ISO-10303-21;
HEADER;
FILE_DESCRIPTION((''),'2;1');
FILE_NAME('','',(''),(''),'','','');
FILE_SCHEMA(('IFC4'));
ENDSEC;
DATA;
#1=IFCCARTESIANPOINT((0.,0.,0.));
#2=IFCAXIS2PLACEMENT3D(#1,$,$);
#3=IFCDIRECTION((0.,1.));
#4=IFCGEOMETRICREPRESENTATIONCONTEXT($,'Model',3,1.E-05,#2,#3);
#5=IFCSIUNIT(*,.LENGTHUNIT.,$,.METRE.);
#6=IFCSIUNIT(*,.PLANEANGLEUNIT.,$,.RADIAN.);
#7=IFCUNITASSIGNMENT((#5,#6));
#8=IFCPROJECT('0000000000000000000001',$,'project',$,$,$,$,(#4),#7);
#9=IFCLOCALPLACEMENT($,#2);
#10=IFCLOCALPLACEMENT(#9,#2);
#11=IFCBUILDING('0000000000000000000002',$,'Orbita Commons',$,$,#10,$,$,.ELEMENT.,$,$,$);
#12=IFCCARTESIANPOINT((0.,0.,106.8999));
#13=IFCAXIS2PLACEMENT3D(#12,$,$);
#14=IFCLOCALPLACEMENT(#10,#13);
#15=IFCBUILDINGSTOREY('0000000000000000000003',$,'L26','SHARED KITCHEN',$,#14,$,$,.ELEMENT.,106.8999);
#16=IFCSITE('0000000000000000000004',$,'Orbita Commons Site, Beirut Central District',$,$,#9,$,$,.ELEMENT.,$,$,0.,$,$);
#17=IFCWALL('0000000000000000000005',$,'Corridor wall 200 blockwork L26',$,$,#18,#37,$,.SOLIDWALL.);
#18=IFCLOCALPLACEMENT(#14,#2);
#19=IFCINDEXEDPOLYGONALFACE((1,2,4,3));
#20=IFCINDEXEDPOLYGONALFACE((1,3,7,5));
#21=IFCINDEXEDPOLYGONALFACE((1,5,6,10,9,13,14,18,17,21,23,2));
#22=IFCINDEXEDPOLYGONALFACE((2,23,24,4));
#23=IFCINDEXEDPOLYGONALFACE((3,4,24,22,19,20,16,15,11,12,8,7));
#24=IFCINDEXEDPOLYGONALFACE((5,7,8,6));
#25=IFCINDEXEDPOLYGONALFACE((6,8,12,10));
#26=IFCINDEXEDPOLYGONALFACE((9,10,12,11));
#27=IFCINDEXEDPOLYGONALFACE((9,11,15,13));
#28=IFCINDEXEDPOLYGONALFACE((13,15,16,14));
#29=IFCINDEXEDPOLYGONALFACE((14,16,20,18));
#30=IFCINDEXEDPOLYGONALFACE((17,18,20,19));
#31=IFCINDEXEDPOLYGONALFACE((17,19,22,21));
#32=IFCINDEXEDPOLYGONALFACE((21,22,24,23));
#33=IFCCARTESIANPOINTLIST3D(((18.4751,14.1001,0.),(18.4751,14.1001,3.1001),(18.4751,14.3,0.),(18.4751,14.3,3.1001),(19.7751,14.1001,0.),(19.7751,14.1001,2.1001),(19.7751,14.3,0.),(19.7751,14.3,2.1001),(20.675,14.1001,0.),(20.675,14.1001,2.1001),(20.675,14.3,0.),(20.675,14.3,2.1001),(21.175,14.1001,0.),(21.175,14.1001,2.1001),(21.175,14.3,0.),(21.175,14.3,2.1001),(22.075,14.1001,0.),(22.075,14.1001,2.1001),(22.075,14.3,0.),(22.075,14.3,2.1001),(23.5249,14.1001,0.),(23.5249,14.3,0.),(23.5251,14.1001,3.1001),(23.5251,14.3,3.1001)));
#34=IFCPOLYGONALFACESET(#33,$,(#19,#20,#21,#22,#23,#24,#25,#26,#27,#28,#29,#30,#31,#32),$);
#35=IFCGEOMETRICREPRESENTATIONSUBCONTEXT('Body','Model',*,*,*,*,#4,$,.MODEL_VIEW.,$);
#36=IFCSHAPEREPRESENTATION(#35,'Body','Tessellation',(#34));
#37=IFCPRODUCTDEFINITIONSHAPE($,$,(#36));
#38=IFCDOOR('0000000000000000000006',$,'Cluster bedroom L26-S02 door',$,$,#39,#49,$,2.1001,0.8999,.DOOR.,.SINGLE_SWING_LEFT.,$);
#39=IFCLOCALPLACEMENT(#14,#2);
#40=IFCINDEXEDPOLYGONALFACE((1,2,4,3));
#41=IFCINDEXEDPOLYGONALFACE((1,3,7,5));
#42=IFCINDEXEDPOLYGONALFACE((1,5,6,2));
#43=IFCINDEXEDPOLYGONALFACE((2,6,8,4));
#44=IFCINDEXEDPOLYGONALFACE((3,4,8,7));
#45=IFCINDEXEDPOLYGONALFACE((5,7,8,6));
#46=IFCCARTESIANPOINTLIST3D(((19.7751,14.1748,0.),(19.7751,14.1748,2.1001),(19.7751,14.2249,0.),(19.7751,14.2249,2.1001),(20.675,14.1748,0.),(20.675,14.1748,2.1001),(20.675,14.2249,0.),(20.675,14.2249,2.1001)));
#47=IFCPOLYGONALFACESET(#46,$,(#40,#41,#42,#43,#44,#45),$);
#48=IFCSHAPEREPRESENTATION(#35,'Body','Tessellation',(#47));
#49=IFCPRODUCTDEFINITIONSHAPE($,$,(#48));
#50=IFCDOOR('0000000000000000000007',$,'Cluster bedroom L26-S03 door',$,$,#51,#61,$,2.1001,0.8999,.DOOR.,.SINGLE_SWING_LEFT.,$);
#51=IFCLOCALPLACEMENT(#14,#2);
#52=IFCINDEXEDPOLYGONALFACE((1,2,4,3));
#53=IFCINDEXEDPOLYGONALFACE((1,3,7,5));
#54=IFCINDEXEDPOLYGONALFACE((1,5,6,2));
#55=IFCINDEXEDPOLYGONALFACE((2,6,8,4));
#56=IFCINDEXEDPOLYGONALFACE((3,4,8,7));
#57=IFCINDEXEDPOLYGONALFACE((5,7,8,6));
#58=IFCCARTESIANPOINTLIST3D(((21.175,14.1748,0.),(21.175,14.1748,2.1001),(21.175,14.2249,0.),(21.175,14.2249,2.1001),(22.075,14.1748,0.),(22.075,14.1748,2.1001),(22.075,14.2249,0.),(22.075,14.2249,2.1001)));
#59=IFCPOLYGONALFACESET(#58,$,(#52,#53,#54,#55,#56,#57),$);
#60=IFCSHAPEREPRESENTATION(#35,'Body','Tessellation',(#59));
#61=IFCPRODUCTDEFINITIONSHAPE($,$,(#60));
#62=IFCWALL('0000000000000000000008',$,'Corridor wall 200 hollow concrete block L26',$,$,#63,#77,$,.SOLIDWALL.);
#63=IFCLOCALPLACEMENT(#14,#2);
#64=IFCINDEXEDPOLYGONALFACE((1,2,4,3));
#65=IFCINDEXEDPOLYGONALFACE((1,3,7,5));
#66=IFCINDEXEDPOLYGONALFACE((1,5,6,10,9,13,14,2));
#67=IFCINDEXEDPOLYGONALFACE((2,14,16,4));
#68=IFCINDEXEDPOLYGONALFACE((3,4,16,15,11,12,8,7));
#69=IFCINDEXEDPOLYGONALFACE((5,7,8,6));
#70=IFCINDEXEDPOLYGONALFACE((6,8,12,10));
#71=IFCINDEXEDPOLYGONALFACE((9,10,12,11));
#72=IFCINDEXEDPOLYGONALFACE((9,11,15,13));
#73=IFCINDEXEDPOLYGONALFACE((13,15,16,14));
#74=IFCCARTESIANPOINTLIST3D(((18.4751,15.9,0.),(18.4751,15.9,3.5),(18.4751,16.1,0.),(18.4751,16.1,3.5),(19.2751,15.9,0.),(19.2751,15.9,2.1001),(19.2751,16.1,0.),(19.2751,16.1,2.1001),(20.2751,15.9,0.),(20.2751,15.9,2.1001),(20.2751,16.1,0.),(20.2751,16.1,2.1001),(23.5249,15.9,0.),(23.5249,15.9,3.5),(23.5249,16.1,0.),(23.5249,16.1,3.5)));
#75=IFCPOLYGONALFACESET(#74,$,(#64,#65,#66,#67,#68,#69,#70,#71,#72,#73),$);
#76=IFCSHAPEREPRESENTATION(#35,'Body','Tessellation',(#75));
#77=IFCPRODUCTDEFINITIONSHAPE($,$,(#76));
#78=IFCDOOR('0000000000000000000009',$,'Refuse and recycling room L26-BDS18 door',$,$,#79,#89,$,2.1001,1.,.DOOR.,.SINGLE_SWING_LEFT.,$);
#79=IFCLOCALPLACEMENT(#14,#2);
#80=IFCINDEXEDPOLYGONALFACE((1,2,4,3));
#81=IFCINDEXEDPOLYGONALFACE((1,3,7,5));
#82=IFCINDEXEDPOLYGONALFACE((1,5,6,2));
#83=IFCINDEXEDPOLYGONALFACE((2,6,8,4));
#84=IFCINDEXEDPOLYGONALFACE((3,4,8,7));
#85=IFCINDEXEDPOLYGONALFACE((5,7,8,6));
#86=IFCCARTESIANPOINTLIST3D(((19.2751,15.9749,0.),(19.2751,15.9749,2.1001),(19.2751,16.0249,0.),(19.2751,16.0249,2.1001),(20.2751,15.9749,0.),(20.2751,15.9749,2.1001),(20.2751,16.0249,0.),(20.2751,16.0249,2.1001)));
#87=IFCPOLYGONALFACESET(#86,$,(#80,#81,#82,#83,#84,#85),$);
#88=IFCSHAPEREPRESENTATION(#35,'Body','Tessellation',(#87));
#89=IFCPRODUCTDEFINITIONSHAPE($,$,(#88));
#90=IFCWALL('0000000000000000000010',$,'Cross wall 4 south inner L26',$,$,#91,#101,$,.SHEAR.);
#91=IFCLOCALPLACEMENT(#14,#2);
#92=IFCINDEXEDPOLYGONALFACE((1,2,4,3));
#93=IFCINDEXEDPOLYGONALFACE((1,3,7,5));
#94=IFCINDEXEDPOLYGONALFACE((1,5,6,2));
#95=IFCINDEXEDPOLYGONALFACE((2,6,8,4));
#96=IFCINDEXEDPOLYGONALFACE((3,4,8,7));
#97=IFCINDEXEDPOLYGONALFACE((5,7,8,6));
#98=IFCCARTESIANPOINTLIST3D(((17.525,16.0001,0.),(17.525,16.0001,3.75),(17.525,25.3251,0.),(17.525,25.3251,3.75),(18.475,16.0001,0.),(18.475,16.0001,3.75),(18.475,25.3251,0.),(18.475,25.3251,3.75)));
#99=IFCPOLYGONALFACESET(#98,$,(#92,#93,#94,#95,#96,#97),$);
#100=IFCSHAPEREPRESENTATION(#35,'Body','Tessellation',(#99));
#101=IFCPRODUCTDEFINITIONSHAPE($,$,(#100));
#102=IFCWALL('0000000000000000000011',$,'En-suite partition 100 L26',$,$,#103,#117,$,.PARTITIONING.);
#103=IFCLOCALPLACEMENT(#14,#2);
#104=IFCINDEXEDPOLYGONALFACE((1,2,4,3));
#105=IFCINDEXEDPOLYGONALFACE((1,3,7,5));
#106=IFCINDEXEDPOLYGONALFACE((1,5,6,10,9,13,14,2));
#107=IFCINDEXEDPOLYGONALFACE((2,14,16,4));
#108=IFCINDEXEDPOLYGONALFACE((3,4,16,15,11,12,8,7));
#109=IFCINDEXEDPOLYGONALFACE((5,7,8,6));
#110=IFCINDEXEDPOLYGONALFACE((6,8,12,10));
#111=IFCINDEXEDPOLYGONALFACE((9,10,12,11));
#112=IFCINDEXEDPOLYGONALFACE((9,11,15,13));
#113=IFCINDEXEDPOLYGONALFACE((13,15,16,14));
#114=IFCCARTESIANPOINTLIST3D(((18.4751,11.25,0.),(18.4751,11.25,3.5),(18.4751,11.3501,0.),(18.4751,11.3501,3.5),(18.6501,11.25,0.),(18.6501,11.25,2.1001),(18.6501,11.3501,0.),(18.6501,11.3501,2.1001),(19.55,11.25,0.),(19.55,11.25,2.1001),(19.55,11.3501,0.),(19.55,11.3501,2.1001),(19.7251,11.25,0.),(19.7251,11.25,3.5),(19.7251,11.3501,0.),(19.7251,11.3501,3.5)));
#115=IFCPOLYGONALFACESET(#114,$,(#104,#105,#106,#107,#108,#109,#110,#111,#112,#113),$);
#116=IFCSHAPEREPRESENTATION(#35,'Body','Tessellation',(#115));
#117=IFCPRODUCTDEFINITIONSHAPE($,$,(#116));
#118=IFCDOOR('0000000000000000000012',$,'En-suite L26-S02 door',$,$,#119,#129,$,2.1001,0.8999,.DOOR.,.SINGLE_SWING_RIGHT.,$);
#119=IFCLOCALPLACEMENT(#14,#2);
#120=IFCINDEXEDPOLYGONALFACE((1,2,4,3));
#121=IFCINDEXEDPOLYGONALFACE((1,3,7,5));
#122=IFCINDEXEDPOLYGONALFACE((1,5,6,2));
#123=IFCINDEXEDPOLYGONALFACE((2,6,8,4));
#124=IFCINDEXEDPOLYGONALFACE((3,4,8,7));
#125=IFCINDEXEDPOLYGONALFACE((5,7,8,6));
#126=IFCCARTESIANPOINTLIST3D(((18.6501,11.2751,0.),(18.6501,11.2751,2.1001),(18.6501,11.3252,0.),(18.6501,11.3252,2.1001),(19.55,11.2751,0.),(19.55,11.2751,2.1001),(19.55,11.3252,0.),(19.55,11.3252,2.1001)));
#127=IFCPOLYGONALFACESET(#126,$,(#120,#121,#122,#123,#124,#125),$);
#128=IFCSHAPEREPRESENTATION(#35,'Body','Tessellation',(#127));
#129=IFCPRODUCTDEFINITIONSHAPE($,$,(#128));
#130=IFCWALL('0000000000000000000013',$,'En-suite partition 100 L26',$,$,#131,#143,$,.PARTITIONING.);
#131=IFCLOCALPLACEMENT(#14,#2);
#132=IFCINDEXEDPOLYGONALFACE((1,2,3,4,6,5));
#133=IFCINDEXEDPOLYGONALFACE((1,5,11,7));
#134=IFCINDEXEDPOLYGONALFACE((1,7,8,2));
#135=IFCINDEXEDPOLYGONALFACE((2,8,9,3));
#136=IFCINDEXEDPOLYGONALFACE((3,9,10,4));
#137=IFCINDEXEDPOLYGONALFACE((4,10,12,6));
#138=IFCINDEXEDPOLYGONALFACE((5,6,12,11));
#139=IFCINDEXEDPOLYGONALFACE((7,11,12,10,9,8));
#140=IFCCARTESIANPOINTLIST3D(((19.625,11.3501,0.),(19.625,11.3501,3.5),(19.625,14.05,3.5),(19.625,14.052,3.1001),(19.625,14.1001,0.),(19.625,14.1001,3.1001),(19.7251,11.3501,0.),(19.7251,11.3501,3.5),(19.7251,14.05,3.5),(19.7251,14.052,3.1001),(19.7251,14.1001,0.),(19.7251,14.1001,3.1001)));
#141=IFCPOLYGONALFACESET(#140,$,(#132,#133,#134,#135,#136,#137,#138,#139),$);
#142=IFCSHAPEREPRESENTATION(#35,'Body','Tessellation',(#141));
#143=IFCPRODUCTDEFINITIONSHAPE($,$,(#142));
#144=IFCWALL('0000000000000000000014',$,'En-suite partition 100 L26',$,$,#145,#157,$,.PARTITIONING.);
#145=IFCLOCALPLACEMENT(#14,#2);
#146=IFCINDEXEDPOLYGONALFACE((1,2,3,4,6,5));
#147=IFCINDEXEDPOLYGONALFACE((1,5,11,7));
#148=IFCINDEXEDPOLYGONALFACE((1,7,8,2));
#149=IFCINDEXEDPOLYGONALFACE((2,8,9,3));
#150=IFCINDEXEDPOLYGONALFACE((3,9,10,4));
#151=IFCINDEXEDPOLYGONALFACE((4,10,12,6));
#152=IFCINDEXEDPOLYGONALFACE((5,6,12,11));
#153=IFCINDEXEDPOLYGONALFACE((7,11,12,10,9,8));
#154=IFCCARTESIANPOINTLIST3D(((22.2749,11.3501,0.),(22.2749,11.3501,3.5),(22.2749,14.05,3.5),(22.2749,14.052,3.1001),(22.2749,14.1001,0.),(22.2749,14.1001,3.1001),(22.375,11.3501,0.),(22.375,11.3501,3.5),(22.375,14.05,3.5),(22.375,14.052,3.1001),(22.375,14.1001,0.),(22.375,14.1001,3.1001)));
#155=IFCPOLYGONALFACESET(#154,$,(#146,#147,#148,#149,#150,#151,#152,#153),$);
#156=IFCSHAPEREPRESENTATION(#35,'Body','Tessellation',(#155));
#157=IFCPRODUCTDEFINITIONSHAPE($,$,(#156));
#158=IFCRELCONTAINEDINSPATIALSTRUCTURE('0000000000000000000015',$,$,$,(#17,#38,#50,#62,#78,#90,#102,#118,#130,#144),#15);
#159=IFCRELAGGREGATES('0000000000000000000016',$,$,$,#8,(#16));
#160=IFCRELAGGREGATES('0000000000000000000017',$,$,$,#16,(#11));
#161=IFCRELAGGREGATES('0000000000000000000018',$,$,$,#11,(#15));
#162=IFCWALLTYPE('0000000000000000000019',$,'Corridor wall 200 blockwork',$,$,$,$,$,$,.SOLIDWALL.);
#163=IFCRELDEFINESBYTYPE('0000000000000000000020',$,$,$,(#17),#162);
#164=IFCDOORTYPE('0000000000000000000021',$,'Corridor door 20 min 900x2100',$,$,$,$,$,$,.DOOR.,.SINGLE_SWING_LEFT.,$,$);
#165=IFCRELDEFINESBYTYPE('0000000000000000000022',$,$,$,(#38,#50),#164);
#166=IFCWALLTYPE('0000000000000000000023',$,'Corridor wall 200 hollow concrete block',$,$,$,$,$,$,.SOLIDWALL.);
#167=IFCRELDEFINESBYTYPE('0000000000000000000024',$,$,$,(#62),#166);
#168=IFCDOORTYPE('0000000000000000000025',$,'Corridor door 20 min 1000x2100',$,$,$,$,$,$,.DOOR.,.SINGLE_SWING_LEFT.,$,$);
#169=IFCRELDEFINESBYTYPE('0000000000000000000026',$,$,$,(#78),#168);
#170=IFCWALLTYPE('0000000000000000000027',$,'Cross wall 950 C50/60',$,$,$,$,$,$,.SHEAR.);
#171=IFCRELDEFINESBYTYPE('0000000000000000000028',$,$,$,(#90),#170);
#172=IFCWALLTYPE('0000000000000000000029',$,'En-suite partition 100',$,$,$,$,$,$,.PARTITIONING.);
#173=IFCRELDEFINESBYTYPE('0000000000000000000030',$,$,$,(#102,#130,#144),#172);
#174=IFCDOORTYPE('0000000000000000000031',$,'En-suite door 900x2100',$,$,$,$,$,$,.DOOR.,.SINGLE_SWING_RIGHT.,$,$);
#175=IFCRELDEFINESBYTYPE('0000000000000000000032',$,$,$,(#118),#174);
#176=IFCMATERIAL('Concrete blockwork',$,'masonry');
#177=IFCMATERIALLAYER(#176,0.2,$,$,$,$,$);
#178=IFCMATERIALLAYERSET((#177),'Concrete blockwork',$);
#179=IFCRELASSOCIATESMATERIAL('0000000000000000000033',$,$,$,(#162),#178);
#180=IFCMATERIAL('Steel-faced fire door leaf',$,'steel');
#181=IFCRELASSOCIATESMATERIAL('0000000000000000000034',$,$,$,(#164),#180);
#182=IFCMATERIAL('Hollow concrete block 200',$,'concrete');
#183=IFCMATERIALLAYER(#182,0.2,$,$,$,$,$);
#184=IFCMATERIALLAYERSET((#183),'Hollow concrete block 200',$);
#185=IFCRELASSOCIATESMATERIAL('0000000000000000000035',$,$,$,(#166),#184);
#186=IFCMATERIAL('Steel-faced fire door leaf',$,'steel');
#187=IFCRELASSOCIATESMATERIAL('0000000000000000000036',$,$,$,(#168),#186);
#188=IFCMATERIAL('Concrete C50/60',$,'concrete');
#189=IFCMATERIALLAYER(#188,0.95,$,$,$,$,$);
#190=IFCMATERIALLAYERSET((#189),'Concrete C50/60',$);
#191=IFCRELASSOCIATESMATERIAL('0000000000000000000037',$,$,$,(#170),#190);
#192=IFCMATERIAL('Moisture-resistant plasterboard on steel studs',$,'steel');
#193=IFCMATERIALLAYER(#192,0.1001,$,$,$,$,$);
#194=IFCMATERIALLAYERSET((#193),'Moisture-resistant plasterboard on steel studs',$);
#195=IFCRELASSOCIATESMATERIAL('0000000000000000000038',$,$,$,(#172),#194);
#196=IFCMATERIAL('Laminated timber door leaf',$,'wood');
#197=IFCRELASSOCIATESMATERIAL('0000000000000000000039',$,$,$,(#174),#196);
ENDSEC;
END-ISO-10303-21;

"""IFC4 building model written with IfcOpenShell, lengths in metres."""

from ifc_helpers import new_model, si_unit, direction, frame, frame_2d, origin, place, context, subcontext, project, spatial, polyline, rectangle, outline, extrude, material, layer, layer_set, type_object, element, fill, save


model = new_model("IFC4")

# Units and contexts
model_context = context("Model", 3, precision=1e-05, world=origin(), true_north=direction((0.0, 1.0)))
body_context = subcontext(model_context, "Body", "Model", "MODEL_VIEW")
ifc_project = project(units=[si_unit("LENGTHUNIT", "METRE"), si_unit("PLANEANGLEUNIT", "RADIAN")], contexts=[model_context])

# Site, building, storey
site_placement = place(None, origin())
site = spatial("IfcSite", under=ifc_project, at=site_placement, Name="Orbita Commons Site, Beirut Central District", CompositionType="ELEMENT", RefElevation=0.0)
building_placement = place(site_placement, origin())
building = spatial("IfcBuilding", under=site, at=building_placement, Name="Orbita Commons", CompositionType="ELEMENT")
storey_placement = place(building_placement, frame((0.0, 0.0, 106.8999)))
storey = spatial("IfcBuildingStorey", under=building, at=storey_placement, Name="L26", Description="SHARED KITCHEN", CompositionType="ELEMENT", Elevation=106.8999)

# Wall, openings, doors
ifc_material_1 = material(Name="Concrete blockwork", Category="masonry")
ifc_layer_1 = layer(ifc_material_1, 0.2)
ifc_layer_set_1 = layer_set([ifc_layer_1], Name="Concrete blockwork")
wall_type_1 = type_object("IfcWallType", Name="Corridor wall 200 blockwork", PredefinedType="SOLIDWALL", material=ifc_layer_set_1)
wall_1_placement = place(storey_placement, frame((18.4751, 14.2, 0.0), z_axis=(0.0, 0.0, 1.0), x_axis=(1.0, 0.0, 0.0)))
wall_1 = element("IfcWall", 1, at=wall_1_placement, inside=storey, type_object=wall_type_1, Name="Corridor wall 200 blockwork L26", PredefinedType="SOLIDWALL", context=body_context, shape_type="SweptSolid", body=[
    extrude(outline(polyline([(0.0, 0.0), (5.0498, 0.0), (5.05, 3.1001), (0.0, 3.1001), (0.0, 0.0)])), frame((0.0, 0.1001, 0.0), z_axis=(0.0, -1.0, 0.0), x_axis=(1.0, 0.0, 0.0)), (0.0, 0.0, 1.0), 0.2),
])
opening_1_placement = place(wall_1_placement, frame((1.3, 0.0, 0.0)))
opening_1 = element("IfcOpeningElement", 2, at=opening_1_placement, cuts=wall_1, PredefinedType="OPENING", context=body_context, shape_type="SweptSolid", body=[
    extrude(rectangle(XDim=0.8999, YDim=2.1001, at=frame_2d((0.45, 1.05))), frame((0.0, 0.1099, 0.0), z_axis=(0.0, -1.0, 0.0), x_axis=(1.0, 0.0, 0.0)), (0.0, 0.0, 1.0), 0.22),
])
opening_2_placement = place(wall_1_placement, frame((2.7, 0.0, 0.0)))
opening_2 = element("IfcOpeningElement", 3, at=opening_2_placement, cuts=wall_1, PredefinedType="OPENING", context=body_context, shape_type="SweptSolid", body=[
    extrude(rectangle(XDim=0.8999, YDim=2.1001, at=frame_2d((0.45, 1.05))), frame((0.0, 0.1099, 0.0), z_axis=(0.0, -1.0, 0.0), x_axis=(1.0, 0.0, 0.0)), (0.0, 0.0, 1.0), 0.22),
])
ifc_material_2 = material(Name="Steel-faced fire door leaf", Category="steel")
door_type_1 = type_object("IfcDoorType", Name="Corridor door 20 min 900x2100", OperationType="SINGLE_SWING_LEFT", PredefinedType="DOOR", material=ifc_material_2)
door_1_placement = place(opening_1_placement, origin())
door_1 = element("IfcDoor", 4, at=door_1_placement, inside=storey, type_object=door_type_1, Name="Cluster bedroom L26-S02 door", OperationType="SINGLE_SWING_LEFT", OverallHeight=2.1001, OverallWidth=0.8999, PredefinedType="DOOR", context=body_context, shape_type="SweptSolid", body=[
    extrude(rectangle(XDim=0.8999, YDim=2.1001, at=frame_2d((0.45, 1.05))), frame((0.0, 0.0249, 0.0), z_axis=(0.0, -1.0, 0.0), x_axis=(1.0, 0.0, 0.0)), (0.0, 0.0, 1.0), 0.05),
])
fill(opening_1, door_1)
door_2_placement = place(opening_2_placement, origin())
door_2 = element("IfcDoor", 5, at=door_2_placement, inside=storey, type_object=door_type_1, Name="Cluster bedroom L26-S03 door", OperationType="SINGLE_SWING_LEFT", OverallHeight=2.1001, OverallWidth=0.8999, PredefinedType="DOOR", context=body_context, shape_type="SweptSolid", body=[
    extrude(rectangle(XDim=0.8999, YDim=2.1001, at=frame_2d((0.45, 1.05))), frame((0.0, 0.0249, 0.0), z_axis=(0.0, -1.0, 0.0), x_axis=(1.0, 0.0, 0.0)), (0.0, 0.0, 1.0), 0.05),
])
fill(opening_2, door_2)

# Wall, opening, door
ifc_material_3 = material(Name="Hollow concrete block 200", Category="concrete")
ifc_layer_2 = layer(ifc_material_3, 0.2)
ifc_layer_set_2 = layer_set([ifc_layer_2], Name="Hollow concrete block 200")
wall_type_2 = type_object("IfcWallType", Name="Corridor wall 200 hollow concrete block", PredefinedType="SOLIDWALL", material=ifc_layer_set_2)
wall_2_placement = place(storey_placement, frame((18.4751, 16.0, 0.0), z_axis=(0.0, 0.0, 1.0), x_axis=(1.0, 0.0, 0.0)))
wall_2 = element("IfcWall", 6, at=wall_2_placement, inside=storey, type_object=wall_type_2, Name="Corridor wall 200 hollow concrete block L26", PredefinedType="SOLIDWALL", context=body_context, shape_type="SweptSolid", body=[
    extrude(rectangle(XDim=5.0498, YDim=0.2, at=frame_2d((2.5249, 0.0))), origin(), (0.0, 0.0, 1.0), 3.5),
])
opening_3_placement = place(wall_2_placement, frame((0.8, 0.0, 0.0)))
opening_3 = element("IfcOpeningElement", 7, at=opening_3_placement, cuts=wall_2, PredefinedType="OPENING", context=body_context, shape_type="SweptSolid", body=[
    extrude(rectangle(XDim=1.0, YDim=2.1001, at=frame_2d((0.5, 1.05))), frame((0.0, 0.1099, 0.0), z_axis=(0.0, -1.0, 0.0), x_axis=(1.0, 0.0, 0.0)), (0.0, 0.0, 1.0), 0.22),
])
ifc_material_4 = material(Name="Steel-faced fire door leaf", Category="steel")
door_type_2 = type_object("IfcDoorType", Name="Corridor door 20 min 1000x2100", OperationType="SINGLE_SWING_LEFT", PredefinedType="DOOR", material=ifc_material_4)
door_3_placement = place(opening_3_placement, origin())
door_3 = element("IfcDoor", 8, at=door_3_placement, inside=storey, type_object=door_type_2, Name="Refuse and recycling room L26-BDS18 door", OperationType="SINGLE_SWING_LEFT", OverallHeight=2.1001, OverallWidth=1.0, PredefinedType="DOOR", context=body_context, shape_type="SweptSolid", body=[
    extrude(rectangle(XDim=1.0, YDim=2.1001, at=frame_2d((0.5, 1.05))), frame((0.0, 0.0249, 0.0), z_axis=(0.0, -1.0, 0.0), x_axis=(1.0, 0.0, 0.0)), (0.0, 0.0, 1.0), 0.05),
])
fill(opening_3, door_3)

# Wall
ifc_material_5 = material(Name="Concrete C50/60", Category="concrete")
ifc_layer_3 = layer(ifc_material_5, 0.95)
ifc_layer_set_3 = layer_set([ifc_layer_3], Name="Concrete C50/60")
wall_type_3 = type_object("IfcWallType", Name="Cross wall 950 C50/60", PredefinedType="SHEAR", material=ifc_layer_set_3)
wall_3_placement = place(storey_placement, frame((18.0, 16.0, 0.0), z_axis=(0.0, 0.0, 1.0), x_axis=(0.0, 1.0, 0.0)))
element("IfcWall", 9, at=wall_3_placement, inside=storey, type_object=wall_type_3, Name="Cross wall 4 south inner L26", PredefinedType="SHEAR", context=body_context, shape_type="SweptSolid", body=[
    extrude(rectangle(XDim=9.325, YDim=0.95, at=frame_2d((4.6626, 0.0))), origin(), (0.0, 0.0, 1.0), 3.75),
])

# Wall, opening, door
ifc_material_6 = material(Name="Moisture-resistant plasterboard on steel studs", Category="steel")
ifc_layer_4 = layer(ifc_material_6, 0.1001)
ifc_layer_set_4 = layer_set([ifc_layer_4], Name="Moisture-resistant plasterboard on steel studs")
wall_type_4 = type_object("IfcWallType", Name="En-suite partition 100", PredefinedType="PARTITIONING", material=ifc_layer_set_4)
wall_4_placement = place(storey_placement, frame((19.7251, 11.3, 0.0), z_axis=(0.0, 0.0, 1.0), x_axis=(-1.0, 0.0, 0.0)))
wall_4 = element("IfcWall", 10, at=wall_4_placement, inside=storey, type_object=wall_type_4, Name="En-suite partition 100 L26", PredefinedType="PARTITIONING", context=body_context, shape_type="SweptSolid", body=[
    extrude(rectangle(XDim=1.25, YDim=0.1001, at=frame_2d((0.625, 0.0))), origin(), (0.0, 0.0, 1.0), 3.5),
])
opening_4_placement = place(wall_4_placement, frame((0.175, 0.0, 0.0)))
opening_4 = element("IfcOpeningElement", 11, at=opening_4_placement, cuts=wall_4, PredefinedType="OPENING", context=body_context, shape_type="SweptSolid", body=[
    extrude(rectangle(XDim=0.8999, YDim=2.1001, at=frame_2d((0.45, 1.05))), frame((0.0, 0.0601, 0.0), z_axis=(0.0, -1.0, 0.0), x_axis=(1.0, 0.0, 0.0)), (0.0, 0.0, 1.0), 0.1201),
])
ifc_material_7 = material(Name="Laminated timber door leaf", Category="wood")
door_type_3 = type_object("IfcDoorType", Name="En-suite door 900x2100", OperationType="SINGLE_SWING_RIGHT", PredefinedType="DOOR", material=ifc_material_7)
door_4_placement = place(opening_4_placement, origin())
door_4 = element("IfcDoor", 12, at=door_4_placement, inside=storey, type_object=door_type_3, Name="En-suite L26-S02 door", OperationType="SINGLE_SWING_RIGHT", OverallHeight=2.1001, OverallWidth=0.8999, PredefinedType="DOOR", context=body_context, shape_type="SweptSolid", body=[
    extrude(rectangle(XDim=0.8999, YDim=2.1001, at=frame_2d((0.45, 1.05))), frame((0.0, 0.0249, 0.0), z_axis=(0.0, -1.0, 0.0), x_axis=(1.0, 0.0, 0.0)), (0.0, 0.0, 1.0), 0.05),
])
fill(opening_4, door_4)

# Walls
for number, where, z_axis, x_axis, name in (
    (13, (19.675, 11.3501, 0.0), (0.0, 0.0, 1.0), (0.0, 1.0, 0.0), "En-suite partition 100 L26"),
    (14, (22.325, 11.3501, 0.0), (0.0, 0.0, 1.0), (0.0, 1.0, 0.0), "En-suite partition 100 L26"),
):
    element("IfcWall", number, at=place(storey_placement, frame(where, z_axis=z_axis, x_axis=x_axis)), inside=storey, type_object=wall_type_4, Name=name, PredefinedType="PARTITIONING", context=body_context, shape_type="SweptSolid", body=[
        extrude(outline(polyline([(0.0, 0.0), (2.75, 0.0), (2.75, 3.1001), (2.7019, 3.1001), (2.7, 3.5), (0.0, 3.5), (0.0, 0.0)])), frame((0.0, 0.05, 0.0), z_axis=(0.0, -1.0, 0.0), x_axis=(1.0, 0.0, 0.0)), (0.0, 0.0, 1.0), 0.1001),
    ])

save(model, "model.ifc")
